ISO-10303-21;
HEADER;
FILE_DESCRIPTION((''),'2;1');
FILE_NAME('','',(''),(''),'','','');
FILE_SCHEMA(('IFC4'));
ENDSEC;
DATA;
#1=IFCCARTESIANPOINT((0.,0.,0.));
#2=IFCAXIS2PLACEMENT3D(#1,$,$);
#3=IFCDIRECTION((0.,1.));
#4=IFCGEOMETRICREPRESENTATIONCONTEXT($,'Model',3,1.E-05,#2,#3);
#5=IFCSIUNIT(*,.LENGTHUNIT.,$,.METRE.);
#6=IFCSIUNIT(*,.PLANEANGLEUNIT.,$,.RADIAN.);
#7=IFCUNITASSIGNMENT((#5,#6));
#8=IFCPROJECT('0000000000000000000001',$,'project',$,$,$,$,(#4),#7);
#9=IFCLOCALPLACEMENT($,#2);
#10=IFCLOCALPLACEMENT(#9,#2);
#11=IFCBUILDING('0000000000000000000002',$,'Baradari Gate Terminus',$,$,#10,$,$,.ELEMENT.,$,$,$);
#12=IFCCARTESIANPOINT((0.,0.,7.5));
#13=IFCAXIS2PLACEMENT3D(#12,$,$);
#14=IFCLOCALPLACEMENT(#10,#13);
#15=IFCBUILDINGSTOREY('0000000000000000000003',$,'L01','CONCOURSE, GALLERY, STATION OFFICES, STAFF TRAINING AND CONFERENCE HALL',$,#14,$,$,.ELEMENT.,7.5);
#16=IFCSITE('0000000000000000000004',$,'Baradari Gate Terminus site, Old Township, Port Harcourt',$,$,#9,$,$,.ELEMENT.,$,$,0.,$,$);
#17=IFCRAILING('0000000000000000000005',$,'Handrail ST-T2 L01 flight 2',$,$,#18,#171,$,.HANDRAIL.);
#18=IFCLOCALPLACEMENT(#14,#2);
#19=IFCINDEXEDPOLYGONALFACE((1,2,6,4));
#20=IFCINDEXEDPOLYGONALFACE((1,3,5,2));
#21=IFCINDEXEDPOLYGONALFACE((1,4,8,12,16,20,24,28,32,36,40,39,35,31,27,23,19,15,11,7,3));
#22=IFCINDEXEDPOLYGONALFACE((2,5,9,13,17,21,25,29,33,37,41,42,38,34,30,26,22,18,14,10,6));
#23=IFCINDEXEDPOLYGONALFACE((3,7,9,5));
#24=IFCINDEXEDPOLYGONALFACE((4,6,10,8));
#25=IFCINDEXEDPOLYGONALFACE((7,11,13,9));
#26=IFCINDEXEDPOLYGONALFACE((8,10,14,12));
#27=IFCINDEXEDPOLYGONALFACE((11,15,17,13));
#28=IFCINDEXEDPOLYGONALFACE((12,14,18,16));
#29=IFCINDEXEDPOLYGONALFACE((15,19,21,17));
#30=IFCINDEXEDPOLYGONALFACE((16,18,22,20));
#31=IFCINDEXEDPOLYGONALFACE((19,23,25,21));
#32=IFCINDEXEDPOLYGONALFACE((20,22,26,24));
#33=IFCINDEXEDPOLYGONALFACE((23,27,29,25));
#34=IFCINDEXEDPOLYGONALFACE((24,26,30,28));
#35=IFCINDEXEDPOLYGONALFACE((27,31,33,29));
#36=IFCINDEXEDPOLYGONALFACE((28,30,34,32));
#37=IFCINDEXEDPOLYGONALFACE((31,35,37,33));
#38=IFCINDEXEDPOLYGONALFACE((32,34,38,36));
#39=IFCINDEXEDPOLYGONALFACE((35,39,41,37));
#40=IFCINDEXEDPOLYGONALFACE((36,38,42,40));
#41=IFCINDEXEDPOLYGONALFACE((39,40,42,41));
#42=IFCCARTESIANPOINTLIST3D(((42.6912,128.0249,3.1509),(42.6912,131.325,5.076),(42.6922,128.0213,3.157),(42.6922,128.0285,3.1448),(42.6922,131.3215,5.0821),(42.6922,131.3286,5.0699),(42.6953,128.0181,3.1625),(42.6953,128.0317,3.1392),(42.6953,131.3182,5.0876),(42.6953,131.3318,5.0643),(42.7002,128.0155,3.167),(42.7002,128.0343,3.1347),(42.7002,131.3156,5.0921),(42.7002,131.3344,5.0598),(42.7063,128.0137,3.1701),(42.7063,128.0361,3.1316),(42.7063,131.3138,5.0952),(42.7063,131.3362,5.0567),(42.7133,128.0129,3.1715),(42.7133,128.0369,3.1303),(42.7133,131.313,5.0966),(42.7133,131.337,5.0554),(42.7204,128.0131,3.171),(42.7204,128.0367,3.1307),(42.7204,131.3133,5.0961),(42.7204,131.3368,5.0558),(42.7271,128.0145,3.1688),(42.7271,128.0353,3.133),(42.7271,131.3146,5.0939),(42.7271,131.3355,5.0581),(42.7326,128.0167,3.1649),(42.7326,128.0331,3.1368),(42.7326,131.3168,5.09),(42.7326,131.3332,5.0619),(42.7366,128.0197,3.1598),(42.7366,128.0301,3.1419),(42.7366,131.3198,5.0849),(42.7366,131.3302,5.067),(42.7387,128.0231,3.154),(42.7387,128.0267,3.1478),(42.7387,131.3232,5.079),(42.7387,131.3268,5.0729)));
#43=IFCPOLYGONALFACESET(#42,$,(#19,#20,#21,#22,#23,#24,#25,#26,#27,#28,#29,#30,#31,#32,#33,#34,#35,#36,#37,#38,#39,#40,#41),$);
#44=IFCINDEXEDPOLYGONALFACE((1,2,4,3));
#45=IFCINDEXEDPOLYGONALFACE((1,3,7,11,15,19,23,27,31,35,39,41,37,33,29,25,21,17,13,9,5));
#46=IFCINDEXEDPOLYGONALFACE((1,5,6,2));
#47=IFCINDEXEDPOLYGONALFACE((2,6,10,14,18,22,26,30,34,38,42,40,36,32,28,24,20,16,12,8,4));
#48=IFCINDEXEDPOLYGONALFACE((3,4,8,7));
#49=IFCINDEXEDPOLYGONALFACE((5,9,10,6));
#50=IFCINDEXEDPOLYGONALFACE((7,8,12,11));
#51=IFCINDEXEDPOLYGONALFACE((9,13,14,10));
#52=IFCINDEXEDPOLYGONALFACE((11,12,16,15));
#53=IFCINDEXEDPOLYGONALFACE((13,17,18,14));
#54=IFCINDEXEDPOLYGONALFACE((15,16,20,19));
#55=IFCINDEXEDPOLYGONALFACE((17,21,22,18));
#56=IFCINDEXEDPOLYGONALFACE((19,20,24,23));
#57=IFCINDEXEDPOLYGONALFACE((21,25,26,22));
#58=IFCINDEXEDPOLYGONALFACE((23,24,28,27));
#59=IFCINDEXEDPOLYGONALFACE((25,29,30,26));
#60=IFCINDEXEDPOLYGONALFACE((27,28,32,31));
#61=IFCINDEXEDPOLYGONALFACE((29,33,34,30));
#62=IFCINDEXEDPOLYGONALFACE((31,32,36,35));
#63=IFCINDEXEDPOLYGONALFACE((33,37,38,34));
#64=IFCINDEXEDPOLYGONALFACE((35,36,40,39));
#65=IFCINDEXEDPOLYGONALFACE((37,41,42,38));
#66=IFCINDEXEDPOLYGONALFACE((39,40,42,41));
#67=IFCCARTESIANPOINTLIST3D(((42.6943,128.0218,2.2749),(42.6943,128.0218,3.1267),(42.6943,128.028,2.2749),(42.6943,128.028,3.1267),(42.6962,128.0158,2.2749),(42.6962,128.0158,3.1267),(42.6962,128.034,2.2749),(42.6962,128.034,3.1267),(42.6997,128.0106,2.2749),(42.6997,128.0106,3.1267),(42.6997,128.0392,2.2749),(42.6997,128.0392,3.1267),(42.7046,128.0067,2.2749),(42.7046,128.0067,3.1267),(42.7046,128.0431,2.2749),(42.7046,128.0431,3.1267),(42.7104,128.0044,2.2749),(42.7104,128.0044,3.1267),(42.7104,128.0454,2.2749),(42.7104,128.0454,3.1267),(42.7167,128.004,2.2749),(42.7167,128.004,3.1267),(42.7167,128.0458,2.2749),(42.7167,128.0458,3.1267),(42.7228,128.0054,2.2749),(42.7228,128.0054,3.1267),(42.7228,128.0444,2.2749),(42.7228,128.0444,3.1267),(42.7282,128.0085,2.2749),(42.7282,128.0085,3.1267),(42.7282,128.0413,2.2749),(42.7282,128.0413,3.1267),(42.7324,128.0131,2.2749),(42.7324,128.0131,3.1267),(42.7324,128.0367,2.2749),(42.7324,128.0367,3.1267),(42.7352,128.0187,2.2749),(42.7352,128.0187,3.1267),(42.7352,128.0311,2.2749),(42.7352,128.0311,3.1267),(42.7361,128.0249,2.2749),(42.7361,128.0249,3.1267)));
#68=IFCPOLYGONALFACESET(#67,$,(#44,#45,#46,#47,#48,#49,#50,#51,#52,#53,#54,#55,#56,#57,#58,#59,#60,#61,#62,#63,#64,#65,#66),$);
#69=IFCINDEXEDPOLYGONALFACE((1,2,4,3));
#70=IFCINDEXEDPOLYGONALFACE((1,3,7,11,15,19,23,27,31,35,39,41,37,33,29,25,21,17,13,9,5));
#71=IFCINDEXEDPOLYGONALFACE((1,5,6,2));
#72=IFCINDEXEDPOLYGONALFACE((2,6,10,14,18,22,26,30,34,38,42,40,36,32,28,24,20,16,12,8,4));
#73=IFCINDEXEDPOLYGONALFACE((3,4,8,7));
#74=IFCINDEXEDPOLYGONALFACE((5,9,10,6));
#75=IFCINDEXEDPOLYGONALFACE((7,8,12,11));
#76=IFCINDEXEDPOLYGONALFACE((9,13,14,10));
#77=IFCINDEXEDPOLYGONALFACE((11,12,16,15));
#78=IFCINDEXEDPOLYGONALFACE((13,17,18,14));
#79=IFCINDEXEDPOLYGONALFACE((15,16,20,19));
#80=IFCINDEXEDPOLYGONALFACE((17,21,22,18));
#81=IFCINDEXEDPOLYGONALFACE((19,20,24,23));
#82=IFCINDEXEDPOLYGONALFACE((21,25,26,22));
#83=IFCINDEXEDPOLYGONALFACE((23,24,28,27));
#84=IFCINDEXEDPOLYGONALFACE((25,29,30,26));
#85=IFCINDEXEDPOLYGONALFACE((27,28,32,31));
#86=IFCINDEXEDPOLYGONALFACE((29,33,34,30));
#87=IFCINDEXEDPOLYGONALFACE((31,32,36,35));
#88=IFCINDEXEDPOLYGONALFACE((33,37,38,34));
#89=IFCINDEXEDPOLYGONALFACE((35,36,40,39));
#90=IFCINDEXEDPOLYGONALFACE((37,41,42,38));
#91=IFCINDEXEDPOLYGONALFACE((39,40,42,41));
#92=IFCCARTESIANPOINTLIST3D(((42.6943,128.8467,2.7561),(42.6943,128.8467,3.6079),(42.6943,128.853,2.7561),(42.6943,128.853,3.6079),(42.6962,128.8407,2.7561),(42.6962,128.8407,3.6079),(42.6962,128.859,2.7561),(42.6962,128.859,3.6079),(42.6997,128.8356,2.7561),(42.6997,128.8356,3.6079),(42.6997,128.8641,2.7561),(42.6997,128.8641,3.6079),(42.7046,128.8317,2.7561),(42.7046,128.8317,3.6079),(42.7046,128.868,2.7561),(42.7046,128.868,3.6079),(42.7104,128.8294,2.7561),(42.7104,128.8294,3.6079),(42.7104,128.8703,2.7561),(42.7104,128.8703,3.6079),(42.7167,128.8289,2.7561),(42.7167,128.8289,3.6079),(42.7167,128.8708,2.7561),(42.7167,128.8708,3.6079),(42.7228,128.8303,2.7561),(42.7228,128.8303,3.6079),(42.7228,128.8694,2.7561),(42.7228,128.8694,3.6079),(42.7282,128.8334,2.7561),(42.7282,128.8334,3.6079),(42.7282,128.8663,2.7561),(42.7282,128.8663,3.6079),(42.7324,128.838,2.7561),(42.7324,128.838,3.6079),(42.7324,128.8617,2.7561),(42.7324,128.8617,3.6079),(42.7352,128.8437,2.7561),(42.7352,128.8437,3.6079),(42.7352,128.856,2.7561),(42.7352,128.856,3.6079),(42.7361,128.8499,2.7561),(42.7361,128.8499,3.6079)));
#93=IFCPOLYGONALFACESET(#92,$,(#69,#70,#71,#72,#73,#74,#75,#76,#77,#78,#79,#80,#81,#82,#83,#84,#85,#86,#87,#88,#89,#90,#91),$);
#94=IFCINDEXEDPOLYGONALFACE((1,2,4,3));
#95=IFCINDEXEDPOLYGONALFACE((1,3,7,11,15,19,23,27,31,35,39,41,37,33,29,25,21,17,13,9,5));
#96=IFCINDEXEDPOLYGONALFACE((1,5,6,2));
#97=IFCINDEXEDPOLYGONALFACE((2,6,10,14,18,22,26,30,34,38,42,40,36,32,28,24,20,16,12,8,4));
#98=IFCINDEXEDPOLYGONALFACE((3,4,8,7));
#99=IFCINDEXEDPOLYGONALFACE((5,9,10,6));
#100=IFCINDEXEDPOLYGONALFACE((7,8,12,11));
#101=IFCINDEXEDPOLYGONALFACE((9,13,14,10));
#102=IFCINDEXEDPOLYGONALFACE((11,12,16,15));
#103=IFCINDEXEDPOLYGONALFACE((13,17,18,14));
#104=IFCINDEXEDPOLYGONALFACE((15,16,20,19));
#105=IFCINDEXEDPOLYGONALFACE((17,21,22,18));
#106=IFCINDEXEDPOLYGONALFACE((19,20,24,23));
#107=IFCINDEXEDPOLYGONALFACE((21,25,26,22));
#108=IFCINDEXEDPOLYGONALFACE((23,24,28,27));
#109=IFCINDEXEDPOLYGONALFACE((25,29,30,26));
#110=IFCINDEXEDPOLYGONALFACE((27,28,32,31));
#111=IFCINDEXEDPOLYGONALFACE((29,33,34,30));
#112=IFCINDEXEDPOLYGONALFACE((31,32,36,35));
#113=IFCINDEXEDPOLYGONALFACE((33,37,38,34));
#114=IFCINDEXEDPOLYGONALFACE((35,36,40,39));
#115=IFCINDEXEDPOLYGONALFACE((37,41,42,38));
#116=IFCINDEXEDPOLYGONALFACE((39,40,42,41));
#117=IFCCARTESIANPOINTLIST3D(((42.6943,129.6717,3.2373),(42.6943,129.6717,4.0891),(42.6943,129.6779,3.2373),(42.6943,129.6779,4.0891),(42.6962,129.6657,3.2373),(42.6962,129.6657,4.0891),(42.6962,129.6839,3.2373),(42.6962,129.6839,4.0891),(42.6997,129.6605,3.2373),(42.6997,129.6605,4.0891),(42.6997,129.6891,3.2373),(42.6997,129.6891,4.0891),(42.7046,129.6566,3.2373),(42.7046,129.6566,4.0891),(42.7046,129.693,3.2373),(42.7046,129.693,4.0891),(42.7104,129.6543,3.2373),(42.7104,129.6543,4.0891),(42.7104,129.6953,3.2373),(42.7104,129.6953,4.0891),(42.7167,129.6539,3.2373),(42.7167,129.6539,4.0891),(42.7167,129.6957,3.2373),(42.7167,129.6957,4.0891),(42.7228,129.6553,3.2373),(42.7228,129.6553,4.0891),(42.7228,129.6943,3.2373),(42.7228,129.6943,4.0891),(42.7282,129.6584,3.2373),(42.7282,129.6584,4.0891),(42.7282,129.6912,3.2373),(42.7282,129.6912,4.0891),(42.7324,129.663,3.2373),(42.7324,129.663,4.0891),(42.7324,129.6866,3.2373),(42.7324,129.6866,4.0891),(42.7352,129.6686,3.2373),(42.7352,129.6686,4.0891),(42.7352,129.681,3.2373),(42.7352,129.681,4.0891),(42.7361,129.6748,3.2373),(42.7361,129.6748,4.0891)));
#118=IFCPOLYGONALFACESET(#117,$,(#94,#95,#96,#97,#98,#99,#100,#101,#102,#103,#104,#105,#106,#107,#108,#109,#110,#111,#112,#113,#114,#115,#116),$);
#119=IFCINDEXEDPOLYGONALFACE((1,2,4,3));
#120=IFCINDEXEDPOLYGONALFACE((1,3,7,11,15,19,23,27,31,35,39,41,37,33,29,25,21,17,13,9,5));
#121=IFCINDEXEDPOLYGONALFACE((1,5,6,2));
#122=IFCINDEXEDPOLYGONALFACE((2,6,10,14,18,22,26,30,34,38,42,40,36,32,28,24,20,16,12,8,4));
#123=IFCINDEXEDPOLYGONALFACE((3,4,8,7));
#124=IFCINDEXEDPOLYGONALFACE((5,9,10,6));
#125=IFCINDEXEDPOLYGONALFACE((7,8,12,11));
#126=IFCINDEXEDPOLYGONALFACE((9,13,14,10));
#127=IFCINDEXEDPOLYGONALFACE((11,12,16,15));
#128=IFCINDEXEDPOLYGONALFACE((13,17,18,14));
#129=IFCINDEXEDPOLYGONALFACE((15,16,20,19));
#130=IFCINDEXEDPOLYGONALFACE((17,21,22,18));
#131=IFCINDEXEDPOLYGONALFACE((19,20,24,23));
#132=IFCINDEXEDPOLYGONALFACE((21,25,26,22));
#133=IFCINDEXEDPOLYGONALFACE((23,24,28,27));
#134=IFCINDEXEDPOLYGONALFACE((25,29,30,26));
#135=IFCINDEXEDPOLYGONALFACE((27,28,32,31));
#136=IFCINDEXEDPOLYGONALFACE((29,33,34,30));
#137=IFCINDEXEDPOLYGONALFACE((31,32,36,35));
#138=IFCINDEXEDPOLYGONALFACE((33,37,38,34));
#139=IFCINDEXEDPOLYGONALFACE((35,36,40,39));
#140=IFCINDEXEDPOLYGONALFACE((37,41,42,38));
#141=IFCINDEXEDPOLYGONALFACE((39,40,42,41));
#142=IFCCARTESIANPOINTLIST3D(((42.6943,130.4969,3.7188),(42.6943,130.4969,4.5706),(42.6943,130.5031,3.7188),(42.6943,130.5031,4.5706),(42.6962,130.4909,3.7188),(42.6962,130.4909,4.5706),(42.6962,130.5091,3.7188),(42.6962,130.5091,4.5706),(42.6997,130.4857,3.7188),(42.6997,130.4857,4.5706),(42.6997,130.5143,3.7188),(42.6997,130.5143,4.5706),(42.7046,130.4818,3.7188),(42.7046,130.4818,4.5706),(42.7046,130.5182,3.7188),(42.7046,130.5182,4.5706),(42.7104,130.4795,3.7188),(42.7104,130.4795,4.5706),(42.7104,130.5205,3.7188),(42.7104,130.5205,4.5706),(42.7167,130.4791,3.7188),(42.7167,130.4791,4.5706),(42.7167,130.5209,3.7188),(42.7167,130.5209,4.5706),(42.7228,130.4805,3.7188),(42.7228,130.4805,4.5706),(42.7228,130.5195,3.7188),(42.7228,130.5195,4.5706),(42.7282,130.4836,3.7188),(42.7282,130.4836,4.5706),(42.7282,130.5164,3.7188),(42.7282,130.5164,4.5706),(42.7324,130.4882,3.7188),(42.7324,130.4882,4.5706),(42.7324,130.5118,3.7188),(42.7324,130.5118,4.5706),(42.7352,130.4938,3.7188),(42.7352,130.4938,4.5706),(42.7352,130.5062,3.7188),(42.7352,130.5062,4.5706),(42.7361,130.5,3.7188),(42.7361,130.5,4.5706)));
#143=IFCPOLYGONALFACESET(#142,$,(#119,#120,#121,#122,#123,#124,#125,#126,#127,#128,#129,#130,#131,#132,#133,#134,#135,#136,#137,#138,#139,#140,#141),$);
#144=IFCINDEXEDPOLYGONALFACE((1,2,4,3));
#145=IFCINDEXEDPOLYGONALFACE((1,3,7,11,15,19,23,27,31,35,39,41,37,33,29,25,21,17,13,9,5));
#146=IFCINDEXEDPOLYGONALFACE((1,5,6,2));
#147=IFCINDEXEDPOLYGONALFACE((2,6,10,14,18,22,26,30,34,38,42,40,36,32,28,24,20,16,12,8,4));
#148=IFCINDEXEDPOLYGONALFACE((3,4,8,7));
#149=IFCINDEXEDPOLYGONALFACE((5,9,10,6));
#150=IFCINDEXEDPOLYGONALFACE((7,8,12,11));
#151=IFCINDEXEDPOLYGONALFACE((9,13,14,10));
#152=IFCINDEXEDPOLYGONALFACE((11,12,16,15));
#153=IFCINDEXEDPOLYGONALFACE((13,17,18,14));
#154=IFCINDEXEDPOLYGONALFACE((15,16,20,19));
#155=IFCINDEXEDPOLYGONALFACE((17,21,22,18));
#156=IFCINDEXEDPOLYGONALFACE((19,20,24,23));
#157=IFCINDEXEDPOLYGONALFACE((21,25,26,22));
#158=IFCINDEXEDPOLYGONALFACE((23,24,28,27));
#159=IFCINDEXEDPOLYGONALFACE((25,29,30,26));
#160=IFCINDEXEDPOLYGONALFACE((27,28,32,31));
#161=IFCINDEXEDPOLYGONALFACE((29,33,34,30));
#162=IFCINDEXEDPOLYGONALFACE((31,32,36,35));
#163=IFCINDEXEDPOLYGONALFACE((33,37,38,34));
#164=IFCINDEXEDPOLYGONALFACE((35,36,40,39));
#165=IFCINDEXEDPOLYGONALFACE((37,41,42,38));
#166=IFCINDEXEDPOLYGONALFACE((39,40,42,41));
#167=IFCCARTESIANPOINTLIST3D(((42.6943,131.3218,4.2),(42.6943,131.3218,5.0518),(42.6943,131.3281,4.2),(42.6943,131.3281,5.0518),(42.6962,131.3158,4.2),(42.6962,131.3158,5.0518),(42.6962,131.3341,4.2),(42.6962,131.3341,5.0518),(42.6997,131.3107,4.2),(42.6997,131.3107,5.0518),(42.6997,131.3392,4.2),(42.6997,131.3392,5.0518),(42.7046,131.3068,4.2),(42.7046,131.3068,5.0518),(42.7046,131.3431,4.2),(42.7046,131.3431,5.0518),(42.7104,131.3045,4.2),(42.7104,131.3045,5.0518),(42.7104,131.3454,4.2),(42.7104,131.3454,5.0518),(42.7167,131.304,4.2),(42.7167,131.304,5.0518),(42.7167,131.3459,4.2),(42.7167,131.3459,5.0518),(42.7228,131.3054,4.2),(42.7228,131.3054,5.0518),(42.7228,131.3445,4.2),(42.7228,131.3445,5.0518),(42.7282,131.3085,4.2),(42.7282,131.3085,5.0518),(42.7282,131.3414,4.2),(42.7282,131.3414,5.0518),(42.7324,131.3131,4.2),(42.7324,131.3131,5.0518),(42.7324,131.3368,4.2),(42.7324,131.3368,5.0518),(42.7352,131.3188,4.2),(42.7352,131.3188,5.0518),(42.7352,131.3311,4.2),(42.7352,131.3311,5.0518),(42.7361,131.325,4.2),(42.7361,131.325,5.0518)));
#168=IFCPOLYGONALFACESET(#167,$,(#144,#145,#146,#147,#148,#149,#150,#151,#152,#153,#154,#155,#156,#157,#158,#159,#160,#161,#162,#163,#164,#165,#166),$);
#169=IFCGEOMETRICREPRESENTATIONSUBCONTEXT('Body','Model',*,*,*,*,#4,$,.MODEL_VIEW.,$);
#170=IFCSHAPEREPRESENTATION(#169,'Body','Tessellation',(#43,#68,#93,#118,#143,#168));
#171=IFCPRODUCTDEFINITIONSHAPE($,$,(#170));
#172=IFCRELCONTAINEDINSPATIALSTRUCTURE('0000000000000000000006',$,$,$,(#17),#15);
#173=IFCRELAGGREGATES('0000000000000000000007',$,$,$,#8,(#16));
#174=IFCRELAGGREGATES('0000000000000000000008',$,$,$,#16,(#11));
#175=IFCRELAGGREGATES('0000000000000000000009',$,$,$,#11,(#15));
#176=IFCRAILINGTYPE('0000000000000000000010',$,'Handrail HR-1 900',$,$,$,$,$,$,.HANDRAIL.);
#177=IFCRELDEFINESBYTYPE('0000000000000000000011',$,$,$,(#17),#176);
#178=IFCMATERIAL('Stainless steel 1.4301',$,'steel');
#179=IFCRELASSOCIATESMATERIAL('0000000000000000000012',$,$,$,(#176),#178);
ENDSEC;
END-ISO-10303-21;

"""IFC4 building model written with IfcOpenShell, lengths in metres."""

from ifc_helpers import new_model, si_unit, direction, frame, origin, origin_2d, place, context, subcontext, project, spatial, circle, extrude, material, type_object, element, save


model = new_model("IFC4")

# Units and contexts
model_context = context("Model", 3, precision=1e-05, world=origin(), true_north=direction((0.0, 1.0)))
body_context = subcontext(model_context, "Body", "Model", "MODEL_VIEW")
ifc_project = project(units=[si_unit("LENGTHUNIT", "METRE"), si_unit("PLANEANGLEUNIT", "RADIAN")], contexts=[model_context])

# Site, building, storey
site_placement = place(None, origin())
site = spatial("IfcSite", under=ifc_project, at=site_placement, Name="Baradari Gate Terminus site, Old Township, Port Harcourt", CompositionType="ELEMENT", RefElevation=0.0)
building_placement = place(site_placement, origin())
building = spatial("IfcBuilding", under=site, at=building_placement, Name="Baradari Gate Terminus", CompositionType="ELEMENT")
storey_placement = place(building_placement, frame((0.0, 0.0, 7.5)))
storey = spatial("IfcBuildingStorey", under=building, at=storey_placement, Name="L01", Description="CONCOURSE, GALLERY, STATION OFFICES, STAFF TRAINING AND CONFERENCE HALL", CompositionType="ELEMENT", Elevation=7.5)

# Railing
ifc_material_1 = material(Name="Stainless steel 1.4301", Category="steel")
railing_type = type_object("IfcRailingType", Name="Handrail HR-1 900", PredefinedType="HANDRAIL", material=ifc_material_1)
for number, where, name in (
    (1, (42.7151, 128.0249, 2.2749), "Handrail ST-T2 L01 flight 2"),
):
    element("IfcRailing", number, at=place(storey_placement, frame(where)), inside=storey, type_object=railing_type, Name=name, PredefinedType="HANDRAIL", context=body_context, shape_type="SweptSolid", body=[
        extrude(circle(Radius=0.0239, at=origin_2d()), frame((0.0, 0.0, 0.876), z_axis=(0.0, 0.863777, 0.503875), x_axis=(-1.0, 0.0, 0.0)), (0.0, 0.0, 1.0), 3.8206),
        extrude(circle(Radius=0.021, at=origin_2d()), origin(), (0.0, 0.0, 1.0), 0.8518),
        extrude(circle(Radius=0.021, at=origin_2d()), frame((0.0, 0.825, 0.4812)), (0.0, 0.0, 1.0), 0.8518),
        extrude(circle(Radius=0.021, at=origin_2d()), frame((0.0, 1.6499, 0.9624)), (0.0, 0.0, 1.0), 0.8518),
        extrude(circle(Radius=0.021, at=origin_2d()), frame((0.0, 2.4751, 1.4438)), (0.0, 0.0, 1.0), 0.8518),
        extrude(circle(Radius=0.021, at=origin_2d()), frame((0.0, 3.3, 1.925)), (0.0, 0.0, 1.0), 0.8518),
    ])

save(model, "model.ifc")
